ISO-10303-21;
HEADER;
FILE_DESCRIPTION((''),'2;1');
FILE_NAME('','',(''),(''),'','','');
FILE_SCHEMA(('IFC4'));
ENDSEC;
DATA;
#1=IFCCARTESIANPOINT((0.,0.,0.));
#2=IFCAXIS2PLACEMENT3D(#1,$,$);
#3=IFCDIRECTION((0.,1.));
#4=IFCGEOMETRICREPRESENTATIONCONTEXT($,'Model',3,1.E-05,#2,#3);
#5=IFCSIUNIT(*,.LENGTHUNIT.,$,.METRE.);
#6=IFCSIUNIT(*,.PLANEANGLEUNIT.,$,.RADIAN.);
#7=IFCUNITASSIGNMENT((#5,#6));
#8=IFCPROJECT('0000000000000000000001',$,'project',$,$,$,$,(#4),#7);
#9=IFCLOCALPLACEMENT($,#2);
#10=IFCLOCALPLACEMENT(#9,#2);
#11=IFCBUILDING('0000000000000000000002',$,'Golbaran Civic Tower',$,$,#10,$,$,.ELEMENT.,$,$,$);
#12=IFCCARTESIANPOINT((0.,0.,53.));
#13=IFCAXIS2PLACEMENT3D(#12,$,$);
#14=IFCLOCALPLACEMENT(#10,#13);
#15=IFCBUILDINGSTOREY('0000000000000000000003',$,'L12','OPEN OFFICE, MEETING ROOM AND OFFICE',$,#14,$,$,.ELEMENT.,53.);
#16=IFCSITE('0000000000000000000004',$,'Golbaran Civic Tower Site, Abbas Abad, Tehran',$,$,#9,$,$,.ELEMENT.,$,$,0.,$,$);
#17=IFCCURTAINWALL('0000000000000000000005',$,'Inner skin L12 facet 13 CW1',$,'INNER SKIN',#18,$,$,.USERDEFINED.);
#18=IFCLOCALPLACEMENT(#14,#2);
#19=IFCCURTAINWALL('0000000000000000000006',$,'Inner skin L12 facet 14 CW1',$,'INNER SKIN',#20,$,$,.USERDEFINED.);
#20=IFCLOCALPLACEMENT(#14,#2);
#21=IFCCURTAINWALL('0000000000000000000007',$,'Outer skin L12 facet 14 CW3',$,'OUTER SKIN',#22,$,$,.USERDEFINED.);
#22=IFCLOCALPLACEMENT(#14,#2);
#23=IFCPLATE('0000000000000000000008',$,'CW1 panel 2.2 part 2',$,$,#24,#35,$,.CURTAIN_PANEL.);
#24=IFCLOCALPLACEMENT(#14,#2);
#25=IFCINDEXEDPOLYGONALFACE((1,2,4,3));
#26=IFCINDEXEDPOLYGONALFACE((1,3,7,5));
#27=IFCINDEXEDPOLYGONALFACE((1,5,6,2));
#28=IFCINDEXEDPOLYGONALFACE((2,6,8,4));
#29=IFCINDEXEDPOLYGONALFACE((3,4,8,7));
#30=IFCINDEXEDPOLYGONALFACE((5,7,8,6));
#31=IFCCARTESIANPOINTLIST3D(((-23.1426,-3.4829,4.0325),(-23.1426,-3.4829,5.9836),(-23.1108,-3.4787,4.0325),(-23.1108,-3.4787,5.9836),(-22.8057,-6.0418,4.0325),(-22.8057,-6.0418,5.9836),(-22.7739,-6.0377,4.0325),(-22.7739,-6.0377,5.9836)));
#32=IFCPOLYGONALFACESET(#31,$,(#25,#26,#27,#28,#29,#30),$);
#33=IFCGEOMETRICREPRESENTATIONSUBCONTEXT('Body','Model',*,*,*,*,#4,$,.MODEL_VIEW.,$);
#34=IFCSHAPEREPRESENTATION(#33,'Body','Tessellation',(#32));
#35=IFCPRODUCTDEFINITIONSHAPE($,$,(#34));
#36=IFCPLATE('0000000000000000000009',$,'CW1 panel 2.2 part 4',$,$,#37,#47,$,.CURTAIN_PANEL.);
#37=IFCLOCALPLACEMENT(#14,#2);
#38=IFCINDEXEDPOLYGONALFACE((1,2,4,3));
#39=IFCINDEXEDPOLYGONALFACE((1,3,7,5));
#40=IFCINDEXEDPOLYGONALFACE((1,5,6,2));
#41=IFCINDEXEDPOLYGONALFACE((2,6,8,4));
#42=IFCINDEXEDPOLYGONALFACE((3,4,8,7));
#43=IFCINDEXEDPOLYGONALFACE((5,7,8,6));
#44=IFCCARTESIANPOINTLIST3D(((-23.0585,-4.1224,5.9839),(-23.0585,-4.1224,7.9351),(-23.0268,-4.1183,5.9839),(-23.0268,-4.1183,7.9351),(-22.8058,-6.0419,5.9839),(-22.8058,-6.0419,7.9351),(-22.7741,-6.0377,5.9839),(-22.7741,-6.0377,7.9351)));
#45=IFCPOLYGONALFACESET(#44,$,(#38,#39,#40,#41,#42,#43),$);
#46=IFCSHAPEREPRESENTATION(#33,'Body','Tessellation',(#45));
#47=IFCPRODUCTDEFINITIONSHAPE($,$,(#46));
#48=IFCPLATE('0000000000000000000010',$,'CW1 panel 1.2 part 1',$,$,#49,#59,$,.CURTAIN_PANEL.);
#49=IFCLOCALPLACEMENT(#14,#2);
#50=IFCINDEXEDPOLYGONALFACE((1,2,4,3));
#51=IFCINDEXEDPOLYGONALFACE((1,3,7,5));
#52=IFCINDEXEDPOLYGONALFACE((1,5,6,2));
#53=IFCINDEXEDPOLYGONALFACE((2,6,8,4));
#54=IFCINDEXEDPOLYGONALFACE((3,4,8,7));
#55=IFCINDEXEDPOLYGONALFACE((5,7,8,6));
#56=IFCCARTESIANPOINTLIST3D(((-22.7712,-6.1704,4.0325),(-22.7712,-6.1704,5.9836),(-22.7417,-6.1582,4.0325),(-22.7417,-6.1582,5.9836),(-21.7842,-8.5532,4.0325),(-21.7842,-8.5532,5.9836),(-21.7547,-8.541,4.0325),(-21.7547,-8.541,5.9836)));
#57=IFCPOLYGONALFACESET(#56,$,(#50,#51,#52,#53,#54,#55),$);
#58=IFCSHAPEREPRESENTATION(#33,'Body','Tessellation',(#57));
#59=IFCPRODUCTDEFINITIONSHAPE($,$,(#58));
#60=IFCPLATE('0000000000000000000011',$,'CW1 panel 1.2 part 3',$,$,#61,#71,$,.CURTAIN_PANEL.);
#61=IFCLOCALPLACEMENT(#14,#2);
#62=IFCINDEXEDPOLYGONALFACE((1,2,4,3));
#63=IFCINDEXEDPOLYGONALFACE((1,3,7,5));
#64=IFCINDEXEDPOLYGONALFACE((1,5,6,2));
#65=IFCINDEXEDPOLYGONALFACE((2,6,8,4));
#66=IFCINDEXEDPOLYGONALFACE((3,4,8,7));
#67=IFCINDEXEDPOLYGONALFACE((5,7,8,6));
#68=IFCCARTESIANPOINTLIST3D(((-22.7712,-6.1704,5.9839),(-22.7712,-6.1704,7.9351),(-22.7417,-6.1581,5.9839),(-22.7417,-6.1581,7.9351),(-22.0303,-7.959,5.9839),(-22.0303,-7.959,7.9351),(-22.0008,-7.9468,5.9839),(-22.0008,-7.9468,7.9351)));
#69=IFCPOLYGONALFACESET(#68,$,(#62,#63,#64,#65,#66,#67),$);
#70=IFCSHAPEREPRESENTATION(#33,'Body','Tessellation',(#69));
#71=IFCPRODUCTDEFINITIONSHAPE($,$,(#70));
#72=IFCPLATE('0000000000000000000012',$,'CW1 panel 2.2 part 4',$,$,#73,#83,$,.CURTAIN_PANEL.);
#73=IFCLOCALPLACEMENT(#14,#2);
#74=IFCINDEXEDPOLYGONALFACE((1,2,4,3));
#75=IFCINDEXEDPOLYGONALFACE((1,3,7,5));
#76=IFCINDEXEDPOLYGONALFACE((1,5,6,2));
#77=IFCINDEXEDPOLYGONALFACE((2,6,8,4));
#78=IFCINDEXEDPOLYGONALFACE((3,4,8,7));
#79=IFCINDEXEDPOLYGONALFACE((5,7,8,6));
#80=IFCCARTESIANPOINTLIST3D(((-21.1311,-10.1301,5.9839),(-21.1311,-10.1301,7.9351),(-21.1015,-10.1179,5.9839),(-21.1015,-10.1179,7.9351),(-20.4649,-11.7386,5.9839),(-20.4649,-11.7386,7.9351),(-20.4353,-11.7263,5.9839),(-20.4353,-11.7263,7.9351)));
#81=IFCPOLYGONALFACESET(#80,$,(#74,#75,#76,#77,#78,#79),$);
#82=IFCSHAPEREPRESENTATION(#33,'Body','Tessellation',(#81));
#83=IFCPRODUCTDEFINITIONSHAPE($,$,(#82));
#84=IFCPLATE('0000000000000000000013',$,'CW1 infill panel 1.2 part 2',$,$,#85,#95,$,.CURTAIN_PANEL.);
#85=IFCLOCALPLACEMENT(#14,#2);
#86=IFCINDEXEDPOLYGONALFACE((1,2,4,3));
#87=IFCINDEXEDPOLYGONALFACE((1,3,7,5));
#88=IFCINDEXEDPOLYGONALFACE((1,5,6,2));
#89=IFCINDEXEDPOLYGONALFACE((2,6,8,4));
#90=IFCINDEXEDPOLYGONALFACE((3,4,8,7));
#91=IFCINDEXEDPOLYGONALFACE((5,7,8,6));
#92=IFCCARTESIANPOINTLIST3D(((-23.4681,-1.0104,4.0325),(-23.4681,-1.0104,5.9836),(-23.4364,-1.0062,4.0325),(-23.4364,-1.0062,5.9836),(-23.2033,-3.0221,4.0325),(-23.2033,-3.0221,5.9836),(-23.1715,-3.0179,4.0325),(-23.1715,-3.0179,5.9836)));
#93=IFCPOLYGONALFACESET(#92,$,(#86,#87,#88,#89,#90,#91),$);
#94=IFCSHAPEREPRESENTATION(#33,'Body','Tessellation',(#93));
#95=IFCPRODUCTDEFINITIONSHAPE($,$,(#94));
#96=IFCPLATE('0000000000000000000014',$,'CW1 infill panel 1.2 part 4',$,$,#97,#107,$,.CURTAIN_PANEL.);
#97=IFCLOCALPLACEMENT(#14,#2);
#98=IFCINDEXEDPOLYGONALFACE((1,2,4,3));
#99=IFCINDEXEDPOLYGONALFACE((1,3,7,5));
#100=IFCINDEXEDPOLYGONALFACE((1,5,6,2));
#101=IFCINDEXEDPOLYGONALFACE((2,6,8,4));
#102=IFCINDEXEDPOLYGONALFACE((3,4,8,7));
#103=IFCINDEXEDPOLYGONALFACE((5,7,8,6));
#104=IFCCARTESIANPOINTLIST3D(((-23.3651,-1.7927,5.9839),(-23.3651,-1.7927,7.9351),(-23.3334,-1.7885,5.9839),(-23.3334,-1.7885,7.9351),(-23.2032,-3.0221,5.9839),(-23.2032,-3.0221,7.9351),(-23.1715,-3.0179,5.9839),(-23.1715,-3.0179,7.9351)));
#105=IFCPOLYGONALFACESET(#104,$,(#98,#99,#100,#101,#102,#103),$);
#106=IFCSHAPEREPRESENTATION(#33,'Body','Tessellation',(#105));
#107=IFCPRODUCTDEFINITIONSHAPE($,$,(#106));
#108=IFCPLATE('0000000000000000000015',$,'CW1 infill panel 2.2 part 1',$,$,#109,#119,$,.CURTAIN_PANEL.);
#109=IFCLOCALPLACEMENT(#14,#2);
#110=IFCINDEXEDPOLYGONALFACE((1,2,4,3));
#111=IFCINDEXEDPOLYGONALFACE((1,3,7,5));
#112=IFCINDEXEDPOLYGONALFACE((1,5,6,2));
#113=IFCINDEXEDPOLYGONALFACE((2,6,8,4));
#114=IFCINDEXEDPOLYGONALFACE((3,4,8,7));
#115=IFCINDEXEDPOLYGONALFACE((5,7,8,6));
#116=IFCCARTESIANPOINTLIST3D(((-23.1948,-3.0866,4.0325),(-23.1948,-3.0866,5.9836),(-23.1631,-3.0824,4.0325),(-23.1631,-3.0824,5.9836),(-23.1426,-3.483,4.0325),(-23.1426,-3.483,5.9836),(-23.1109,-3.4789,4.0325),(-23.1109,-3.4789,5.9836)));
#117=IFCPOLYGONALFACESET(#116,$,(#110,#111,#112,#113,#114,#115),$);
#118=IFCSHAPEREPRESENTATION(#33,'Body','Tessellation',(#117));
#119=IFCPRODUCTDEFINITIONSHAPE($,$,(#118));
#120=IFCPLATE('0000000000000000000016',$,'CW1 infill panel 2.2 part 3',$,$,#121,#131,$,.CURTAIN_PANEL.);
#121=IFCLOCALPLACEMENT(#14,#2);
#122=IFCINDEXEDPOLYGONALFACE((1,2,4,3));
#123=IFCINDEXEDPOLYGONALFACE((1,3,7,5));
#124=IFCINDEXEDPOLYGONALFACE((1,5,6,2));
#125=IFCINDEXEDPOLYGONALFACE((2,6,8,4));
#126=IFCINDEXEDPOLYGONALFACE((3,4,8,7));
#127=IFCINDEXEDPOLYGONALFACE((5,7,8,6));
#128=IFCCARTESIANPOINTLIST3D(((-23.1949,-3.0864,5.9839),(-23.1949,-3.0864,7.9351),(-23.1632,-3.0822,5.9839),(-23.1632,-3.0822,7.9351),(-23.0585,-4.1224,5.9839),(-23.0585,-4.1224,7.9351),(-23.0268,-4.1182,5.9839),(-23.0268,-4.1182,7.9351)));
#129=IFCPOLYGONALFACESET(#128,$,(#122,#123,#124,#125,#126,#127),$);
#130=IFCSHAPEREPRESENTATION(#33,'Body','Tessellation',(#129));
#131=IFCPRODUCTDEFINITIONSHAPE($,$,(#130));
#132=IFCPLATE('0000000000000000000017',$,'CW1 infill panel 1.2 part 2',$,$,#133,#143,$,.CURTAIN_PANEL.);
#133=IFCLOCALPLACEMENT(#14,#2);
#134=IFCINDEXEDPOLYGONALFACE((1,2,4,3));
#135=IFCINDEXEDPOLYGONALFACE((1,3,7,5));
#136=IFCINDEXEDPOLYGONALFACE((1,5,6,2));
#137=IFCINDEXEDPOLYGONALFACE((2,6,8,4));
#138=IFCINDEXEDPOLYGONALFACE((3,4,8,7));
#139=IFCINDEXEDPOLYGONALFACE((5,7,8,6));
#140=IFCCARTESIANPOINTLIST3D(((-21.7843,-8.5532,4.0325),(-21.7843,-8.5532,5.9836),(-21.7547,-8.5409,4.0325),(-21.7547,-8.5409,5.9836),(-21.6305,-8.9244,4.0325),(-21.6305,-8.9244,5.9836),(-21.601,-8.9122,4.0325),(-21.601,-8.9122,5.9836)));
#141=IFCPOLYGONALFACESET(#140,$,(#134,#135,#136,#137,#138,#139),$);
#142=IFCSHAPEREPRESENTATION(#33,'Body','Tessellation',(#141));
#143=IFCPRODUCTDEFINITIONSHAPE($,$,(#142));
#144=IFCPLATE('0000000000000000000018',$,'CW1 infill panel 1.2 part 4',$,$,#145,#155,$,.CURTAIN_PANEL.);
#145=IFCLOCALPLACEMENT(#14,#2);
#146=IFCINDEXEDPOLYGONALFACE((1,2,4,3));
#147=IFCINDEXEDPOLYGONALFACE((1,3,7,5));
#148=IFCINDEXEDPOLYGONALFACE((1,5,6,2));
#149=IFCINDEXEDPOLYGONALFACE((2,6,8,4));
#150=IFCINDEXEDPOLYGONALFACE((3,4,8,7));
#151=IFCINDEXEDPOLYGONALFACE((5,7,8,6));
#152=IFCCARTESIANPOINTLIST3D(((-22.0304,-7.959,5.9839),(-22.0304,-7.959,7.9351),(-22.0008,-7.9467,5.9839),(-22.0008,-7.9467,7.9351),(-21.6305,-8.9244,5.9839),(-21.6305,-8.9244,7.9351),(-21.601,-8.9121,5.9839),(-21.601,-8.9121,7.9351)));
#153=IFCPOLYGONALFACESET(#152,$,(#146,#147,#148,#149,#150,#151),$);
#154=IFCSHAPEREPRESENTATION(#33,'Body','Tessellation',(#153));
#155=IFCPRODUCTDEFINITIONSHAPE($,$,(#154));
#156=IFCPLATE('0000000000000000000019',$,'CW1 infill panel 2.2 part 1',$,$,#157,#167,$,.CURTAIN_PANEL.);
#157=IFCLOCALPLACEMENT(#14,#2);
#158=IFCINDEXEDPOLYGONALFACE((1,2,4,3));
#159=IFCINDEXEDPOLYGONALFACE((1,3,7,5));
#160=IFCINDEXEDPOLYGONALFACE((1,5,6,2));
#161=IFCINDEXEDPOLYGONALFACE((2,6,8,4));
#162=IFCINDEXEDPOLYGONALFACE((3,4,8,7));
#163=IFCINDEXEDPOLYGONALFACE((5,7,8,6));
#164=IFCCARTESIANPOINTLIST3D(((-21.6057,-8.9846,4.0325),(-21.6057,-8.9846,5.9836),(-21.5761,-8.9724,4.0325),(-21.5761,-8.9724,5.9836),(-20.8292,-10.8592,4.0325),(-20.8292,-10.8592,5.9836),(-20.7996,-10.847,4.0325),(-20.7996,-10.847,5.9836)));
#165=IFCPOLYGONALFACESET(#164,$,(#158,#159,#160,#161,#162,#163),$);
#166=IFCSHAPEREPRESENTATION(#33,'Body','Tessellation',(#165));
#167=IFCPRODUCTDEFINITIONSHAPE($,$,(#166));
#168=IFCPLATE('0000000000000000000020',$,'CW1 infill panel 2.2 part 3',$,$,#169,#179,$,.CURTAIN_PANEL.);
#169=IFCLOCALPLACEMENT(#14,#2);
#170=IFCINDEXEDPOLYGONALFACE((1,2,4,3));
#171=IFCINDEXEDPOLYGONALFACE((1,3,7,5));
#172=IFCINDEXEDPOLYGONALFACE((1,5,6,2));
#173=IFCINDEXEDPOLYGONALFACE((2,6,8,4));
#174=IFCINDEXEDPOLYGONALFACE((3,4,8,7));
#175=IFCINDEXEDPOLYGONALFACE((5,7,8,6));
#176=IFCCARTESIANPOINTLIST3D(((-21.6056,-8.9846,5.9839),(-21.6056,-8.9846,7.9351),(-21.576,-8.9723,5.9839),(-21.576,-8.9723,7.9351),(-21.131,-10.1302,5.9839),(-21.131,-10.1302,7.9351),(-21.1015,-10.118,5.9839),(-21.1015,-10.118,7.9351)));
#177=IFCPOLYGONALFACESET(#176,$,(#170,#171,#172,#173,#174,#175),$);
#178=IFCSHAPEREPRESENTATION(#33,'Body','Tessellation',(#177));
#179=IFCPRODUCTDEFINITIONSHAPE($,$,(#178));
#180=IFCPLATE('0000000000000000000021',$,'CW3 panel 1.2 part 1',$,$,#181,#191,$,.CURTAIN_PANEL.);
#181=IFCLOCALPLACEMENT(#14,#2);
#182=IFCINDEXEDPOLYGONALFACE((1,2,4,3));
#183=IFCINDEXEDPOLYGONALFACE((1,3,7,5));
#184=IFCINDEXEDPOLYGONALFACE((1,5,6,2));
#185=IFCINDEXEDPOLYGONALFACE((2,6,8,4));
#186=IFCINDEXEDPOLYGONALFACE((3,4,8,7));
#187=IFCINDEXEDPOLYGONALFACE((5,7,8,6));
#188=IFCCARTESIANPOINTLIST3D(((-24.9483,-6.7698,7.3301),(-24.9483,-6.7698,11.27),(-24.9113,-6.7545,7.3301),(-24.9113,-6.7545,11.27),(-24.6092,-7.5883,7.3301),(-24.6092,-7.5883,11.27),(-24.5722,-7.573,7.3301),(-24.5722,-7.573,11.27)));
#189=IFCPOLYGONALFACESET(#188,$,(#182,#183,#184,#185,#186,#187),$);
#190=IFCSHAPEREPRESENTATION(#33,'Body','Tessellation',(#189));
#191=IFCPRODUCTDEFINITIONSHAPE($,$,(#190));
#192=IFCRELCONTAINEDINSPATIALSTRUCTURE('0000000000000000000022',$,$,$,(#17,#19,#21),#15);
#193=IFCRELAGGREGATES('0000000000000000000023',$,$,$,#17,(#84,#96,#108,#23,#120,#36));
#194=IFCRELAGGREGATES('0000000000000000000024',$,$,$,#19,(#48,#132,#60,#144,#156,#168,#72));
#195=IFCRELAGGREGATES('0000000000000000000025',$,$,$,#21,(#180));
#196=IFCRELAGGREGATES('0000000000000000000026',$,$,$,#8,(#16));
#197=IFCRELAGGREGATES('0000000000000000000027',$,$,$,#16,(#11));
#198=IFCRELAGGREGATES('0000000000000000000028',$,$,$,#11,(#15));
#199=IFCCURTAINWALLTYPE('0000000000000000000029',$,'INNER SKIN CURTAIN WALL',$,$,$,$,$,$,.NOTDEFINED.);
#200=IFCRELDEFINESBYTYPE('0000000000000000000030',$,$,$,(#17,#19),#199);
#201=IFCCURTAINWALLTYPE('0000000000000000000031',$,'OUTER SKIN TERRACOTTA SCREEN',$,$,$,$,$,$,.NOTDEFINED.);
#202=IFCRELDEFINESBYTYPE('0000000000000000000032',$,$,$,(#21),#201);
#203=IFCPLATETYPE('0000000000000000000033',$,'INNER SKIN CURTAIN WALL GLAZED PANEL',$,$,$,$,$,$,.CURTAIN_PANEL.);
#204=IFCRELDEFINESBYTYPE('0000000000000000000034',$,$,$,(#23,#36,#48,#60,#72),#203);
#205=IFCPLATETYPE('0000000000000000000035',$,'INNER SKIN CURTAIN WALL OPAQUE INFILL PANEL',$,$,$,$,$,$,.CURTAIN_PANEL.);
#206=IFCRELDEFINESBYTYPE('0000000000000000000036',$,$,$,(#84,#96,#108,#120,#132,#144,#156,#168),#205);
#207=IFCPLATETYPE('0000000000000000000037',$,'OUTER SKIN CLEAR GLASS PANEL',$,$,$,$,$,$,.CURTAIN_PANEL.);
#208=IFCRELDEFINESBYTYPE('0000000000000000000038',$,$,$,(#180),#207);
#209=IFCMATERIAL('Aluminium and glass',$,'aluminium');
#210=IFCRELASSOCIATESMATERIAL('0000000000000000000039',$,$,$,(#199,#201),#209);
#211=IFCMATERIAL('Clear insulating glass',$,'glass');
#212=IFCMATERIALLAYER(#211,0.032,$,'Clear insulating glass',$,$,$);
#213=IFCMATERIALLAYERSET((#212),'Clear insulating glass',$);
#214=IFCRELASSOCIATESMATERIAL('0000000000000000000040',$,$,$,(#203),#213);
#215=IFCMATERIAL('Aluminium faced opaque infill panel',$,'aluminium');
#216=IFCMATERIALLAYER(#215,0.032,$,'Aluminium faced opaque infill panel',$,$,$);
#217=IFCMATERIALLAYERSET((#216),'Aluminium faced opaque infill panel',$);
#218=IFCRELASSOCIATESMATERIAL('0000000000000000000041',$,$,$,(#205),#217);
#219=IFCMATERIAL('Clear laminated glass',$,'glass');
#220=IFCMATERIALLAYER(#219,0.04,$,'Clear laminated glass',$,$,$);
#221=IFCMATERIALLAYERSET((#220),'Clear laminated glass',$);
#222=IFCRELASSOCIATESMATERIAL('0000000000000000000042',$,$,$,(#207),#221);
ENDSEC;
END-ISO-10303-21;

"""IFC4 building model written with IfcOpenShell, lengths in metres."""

from ifc_helpers import new_model, si_unit, direction, frame, origin, origin_2d, place, context, subcontext, project, spatial, rectangle, extrude, material, layer, layer_set, type_object, element, aggregate, save


model = new_model("IFC4")

# Units and contexts
model_context = context("Model", 3, precision=1e-05, world=origin(), true_north=direction((0.0, 1.0)))
body_context = subcontext(model_context, "Body", "Model", "MODEL_VIEW")
ifc_project = project(units=[si_unit("LENGTHUNIT", "METRE"), si_unit("PLANEANGLEUNIT", "RADIAN")], contexts=[model_context])

# Site, building, storey
site_placement = place(None, origin())
site = spatial("IfcSite", under=ifc_project, at=site_placement, Name="Golbaran Civic Tower Site, Abbas Abad, Tehran", CompositionType="ELEMENT", RefElevation=0.0)
building_placement = place(site_placement, origin())
building = spatial("IfcBuilding", under=site, at=building_placement, Name="Golbaran Civic Tower", CompositionType="ELEMENT")
storey_placement = place(building_placement, frame((0.0, 0.0, 53.0)))
storey = spatial("IfcBuildingStorey", under=building, at=storey_placement, Name="L12", Description="OPEN OFFICE, MEETING ROOM AND OFFICE", CompositionType="ELEMENT", Elevation=53.0)

# Curtain walls
ifc_material_1 = material(Name="Aluminium and glass", Category="aluminium")
curtain_wall_type_1 = type_object("IfcCurtainWallType", Name="INNER SKIN CURTAIN WALL", PredefinedType="NOTDEFINED", material=ifc_material_1)
curtain_wall_1_placement = place(storey_placement, origin())
curtain_wall_1 = element("IfcCurtainWall", 1, at=curtain_wall_1_placement, inside=storey, type_object=curtain_wall_type_1, Name="Inner skin L12 facet 13 CW1", ObjectType="INNER SKIN", PredefinedType="USERDEFINED")
curtain_wall_2_placement = place(storey_placement, origin())
curtain_wall_2 = element("IfcCurtainWall", 2, at=curtain_wall_2_placement, inside=storey, type_object=curtain_wall_type_1, Name="Inner skin L12 facet 14 CW1", ObjectType="INNER SKIN", PredefinedType="USERDEFINED")
curtain_wall_type_2 = type_object("IfcCurtainWallType", Name="OUTER SKIN TERRACOTTA SCREEN", PredefinedType="NOTDEFINED", material=ifc_material_1)
curtain_wall_3_placement = place(storey_placement, origin())
curtain_wall_3 = element("IfcCurtainWall", 3, at=curtain_wall_3_placement, inside=storey, type_object=curtain_wall_type_2, Name="Outer skin L12 facet 14 CW3", ObjectType="OUTER SKIN", PredefinedType="USERDEFINED")

# Plates
ifc_material_2 = material(Name="Clear insulating glass", Category="glass")
ifc_layer_1 = layer(ifc_material_2, 0.032, Name="Clear insulating glass")
ifc_layer_set_1 = layer_set([ifc_layer_1], Name="Clear insulating glass")
plate_type_1 = type_object("IfcPlateType", Name="INNER SKIN CURTAIN WALL GLAZED PANEL", PredefinedType="CURTAIN_PANEL", material=ifc_layer_set_1)
plate_1_placement = place(storey_placement, frame((-22.9583, -4.7603, 4.0325), z_axis=(0.0, 0.0, 1.0), x_axis=(0.130526, -0.991445, 0.0)))
plate_1 = element("IfcPlate", 4, at=plate_1_placement, type_object=plate_type_1, Name="CW1 panel 2.2 part 2", PredefinedType="CURTAIN_PANEL", context=body_context, shape_type="SweptSolid", body=[
    extrude(rectangle(XDim=2.5811, YDim=0.032, at=origin_2d()), origin(), (0.0, 0.0, 1.0), 1.9512),
])
plate_2_placement = place(storey_placement, frame((-22.9163, -5.0801, 5.9839), z_axis=(0.0, 0.0, 1.0), x_axis=(0.130526, -0.991445, 0.0)))
plate_2 = element("IfcPlate", 5, at=plate_2_placement, type_object=plate_type_1, Name="CW1 panel 2.2 part 4", PredefinedType="CURTAIN_PANEL", context=body_context, shape_type="SweptSolid", body=[
    extrude(rectangle(XDim=1.936, YDim=0.032, at=origin_2d()), origin(), (0.0, 0.0, 1.0), 1.9512),
])
plate_3_placement = place(storey_placement, frame((-22.2629, -7.3557, 4.0325), z_axis=(0.0, 0.0, 1.0), x_axis=(0.382683, -0.92388, 0.0)))
plate_3 = element("IfcPlate", 6, at=plate_3_placement, type_object=plate_type_1, Name="CW1 panel 1.2 part 1", PredefinedType="CURTAIN_PANEL", context=body_context, shape_type="SweptSolid", body=[
    extrude(rectangle(XDim=2.5791, YDim=0.032, at=origin_2d()), origin(), (0.0, 0.0, 1.0), 1.9512),
])
plate_4_placement = place(storey_placement, frame((-22.386, -7.0586, 5.9839), z_axis=(0.0, 0.0, 1.0), x_axis=(0.382683, -0.92388, 0.0)))
plate_4 = element("IfcPlate", 7, at=plate_4_placement, type_object=plate_type_1, Name="CW1 panel 1.2 part 3", PredefinedType="CURTAIN_PANEL", context=body_context, shape_type="SweptSolid", body=[
    extrude(rectangle(XDim=1.936, YDim=0.032, at=origin_2d()), origin(), (0.0, 0.0, 1.0), 1.9512),
])
plate_5_placement = place(storey_placement, frame((-20.7832, -10.9282, 5.9839), z_axis=(0.0, 0.0, 1.0), x_axis=(0.382683, -0.92388, 0.0)))
plate_5 = element("IfcPlate", 8, at=plate_5_placement, type_object=plate_type_1, Name="CW1 panel 2.2 part 4", PredefinedType="CURTAIN_PANEL", context=body_context, shape_type="SweptSolid", body=[
    extrude(rectangle(XDim=1.741, YDim=0.032, at=origin_2d()), origin(), (0.0, 0.0, 1.0), 1.9512),
])
ifc_material_3 = material(Name="Aluminium faced opaque infill panel", Category="aluminium")
ifc_layer_2 = layer(ifc_material_3, 0.032, Name="Aluminium faced opaque infill panel")
ifc_layer_set_2 = layer_set([ifc_layer_2], Name="Aluminium faced opaque infill panel")
plate_type_2 = type_object("IfcPlateType", Name="INNER SKIN CURTAIN WALL OPAQUE INFILL PANEL", PredefinedType="CURTAIN_PANEL", material=ifc_layer_set_2)
plate_6_placement = place(storey_placement, frame((-23.3198, -2.0142, 4.0325), z_axis=(0.0, 0.0, 1.0), x_axis=(0.130526, -0.991445, 0.0)))
plate_6 = element("IfcPlate", 9, at=plate_6_placement, type_object=plate_type_2, Name="CW1 infill panel 1.2 part 2", PredefinedType="CURTAIN_PANEL", context=body_context, shape_type="SweptSolid", body=[
    extrude(rectangle(XDim=2.0291, YDim=0.032, at=origin_2d()), origin(), (0.0, 0.0, 1.0), 1.9512),
])
plate_7_placement = place(storey_placement, frame((-23.2683, -2.4053, 5.9839), z_axis=(0.0, 0.0, 1.0), x_axis=(0.130526, -0.991445, 0.0)))
plate_7 = element("IfcPlate", 10, at=plate_7_placement, type_object=plate_type_2, Name="CW1 infill panel 1.2 part 4", PredefinedType="CURTAIN_PANEL", context=body_context, shape_type="SweptSolid", body=[
    extrude(rectangle(XDim=1.24, YDim=0.032, at=origin_2d()), origin(), (0.0, 0.0, 1.0), 1.9512),
])
plate_8_placement = place(storey_placement, frame((-23.1528, -3.2827, 4.0325), z_axis=(0.0, 0.0, 1.0), x_axis=(0.130526, -0.991445, 0.0)))
plate_8 = element("IfcPlate", 11, at=plate_8_placement, type_object=plate_type_2, Name="CW1 infill panel 2.2 part 1", PredefinedType="CURTAIN_PANEL", context=body_context, shape_type="SweptSolid", body=[
    extrude(rectangle(XDim=0.3999, YDim=0.032, at=origin_2d()), origin(), (0.0, 0.0, 1.0), 1.9512),
])
plate_9_placement = place(storey_placement, frame((-23.1108, -3.6023, 5.9839), z_axis=(0.0, 0.0, 1.0), x_axis=(0.130526, -0.991445, 0.0)))
plate_9 = element("IfcPlate", 12, at=plate_9_placement, type_object=plate_type_2, Name="CW1 infill panel 2.2 part 3", PredefinedType="CURTAIN_PANEL", context=body_context, shape_type="SweptSolid", body=[
    extrude(rectangle(XDim=1.0449, YDim=0.032, at=origin_2d()), origin(), (0.0, 0.0, 1.0), 1.9512),
])
aggregate(curtain_wall_1, [plate_6, plate_7, plate_8, plate_1, plate_9, plate_2])
plate_10_placement = place(storey_placement, frame((-21.6926, -8.7327, 4.0325), z_axis=(0.0, 0.0, 1.0), x_axis=(0.382683, -0.92388, 0.0)))
plate_10 = element("IfcPlate", 13, at=plate_10_placement, type_object=plate_type_2, Name="CW1 infill panel 1.2 part 2", PredefinedType="CURTAIN_PANEL", context=body_context, shape_type="SweptSolid", body=[
    extrude(rectangle(XDim=0.4019, YDim=0.032, at=origin_2d()), origin(), (0.0, 0.0, 1.0), 1.9512),
])
plate_11_placement = place(storey_placement, frame((-21.8157, -8.4355, 5.9839), z_axis=(0.0, 0.0, 1.0), x_axis=(0.382683, -0.92388, 0.0)))
plate_11 = element("IfcPlate", 14, at=plate_11_placement, type_object=plate_type_2, Name="CW1 infill panel 1.2 part 4", PredefinedType="CURTAIN_PANEL", context=body_context, shape_type="SweptSolid", body=[
    extrude(rectangle(XDim=1.0449, YDim=0.032, at=origin_2d()), origin(), (0.0, 0.0, 1.0), 1.9512),
])
plate_12_placement = place(storey_placement, frame((-21.2026, -9.9158, 4.0325), z_axis=(0.0, 0.0, 1.0), x_axis=(0.382683, -0.92388, 0.0)))
plate_12 = element("IfcPlate", 15, at=plate_12_placement, type_object=plate_type_2, Name="CW1 infill panel 2.2 part 1", PredefinedType="CURTAIN_PANEL", context=body_context, shape_type="SweptSolid", body=[
    extrude(rectangle(XDim=2.0291, YDim=0.032, at=origin_2d()), origin(), (0.0, 0.0, 1.0), 1.9512),
])
plate_13_placement = place(storey_placement, frame((-21.3535, -9.5513, 5.9839), z_axis=(0.0, 0.0, 1.0), x_axis=(0.382683, -0.92388, 0.0)))
plate_13 = element("IfcPlate", 16, at=plate_13_placement, type_object=plate_type_2, Name="CW1 infill panel 2.2 part 3", PredefinedType="CURTAIN_PANEL", context=body_context, shape_type="SweptSolid", body=[
    extrude(rectangle(XDim=1.24, YDim=0.032, at=origin_2d()), origin(), (0.0, 0.0, 1.0), 1.9512),
])
aggregate(curtain_wall_2, [plate_3, plate_10, plate_4, plate_11, plate_12, plate_13, plate_5])
ifc_material_4 = material(Name="Clear laminated glass", Category="glass")
ifc_layer_3 = layer(ifc_material_4, 0.04, Name="Clear laminated glass")
ifc_layer_set_3 = layer_set([ifc_layer_3], Name="Clear laminated glass")
plate_type_3 = type_object("IfcPlateType", Name="OUTER SKIN CLEAR GLASS PANEL", PredefinedType="CURTAIN_PANEL", material=ifc_layer_set_3)
plate_14_placement = place(storey_placement, frame((-24.7603, -7.1714, 7.3301), z_axis=(0.0, 0.0, 1.0), x_axis=(0.382683, -0.92388, 0.0)))
plate_14 = element("IfcPlate", 17, at=plate_14_placement, type_object=plate_type_3, Name="CW3 panel 1.2 part 1", PredefinedType="CURTAIN_PANEL", context=body_context, shape_type="SweptSolid", body=[
    extrude(rectangle(XDim=0.886, YDim=0.04, at=origin_2d()), origin(), (0.0, 0.0, 1.0), 3.9399),
])
aggregate(curtain_wall_3, [plate_14])

save(model, "model.ifc")
